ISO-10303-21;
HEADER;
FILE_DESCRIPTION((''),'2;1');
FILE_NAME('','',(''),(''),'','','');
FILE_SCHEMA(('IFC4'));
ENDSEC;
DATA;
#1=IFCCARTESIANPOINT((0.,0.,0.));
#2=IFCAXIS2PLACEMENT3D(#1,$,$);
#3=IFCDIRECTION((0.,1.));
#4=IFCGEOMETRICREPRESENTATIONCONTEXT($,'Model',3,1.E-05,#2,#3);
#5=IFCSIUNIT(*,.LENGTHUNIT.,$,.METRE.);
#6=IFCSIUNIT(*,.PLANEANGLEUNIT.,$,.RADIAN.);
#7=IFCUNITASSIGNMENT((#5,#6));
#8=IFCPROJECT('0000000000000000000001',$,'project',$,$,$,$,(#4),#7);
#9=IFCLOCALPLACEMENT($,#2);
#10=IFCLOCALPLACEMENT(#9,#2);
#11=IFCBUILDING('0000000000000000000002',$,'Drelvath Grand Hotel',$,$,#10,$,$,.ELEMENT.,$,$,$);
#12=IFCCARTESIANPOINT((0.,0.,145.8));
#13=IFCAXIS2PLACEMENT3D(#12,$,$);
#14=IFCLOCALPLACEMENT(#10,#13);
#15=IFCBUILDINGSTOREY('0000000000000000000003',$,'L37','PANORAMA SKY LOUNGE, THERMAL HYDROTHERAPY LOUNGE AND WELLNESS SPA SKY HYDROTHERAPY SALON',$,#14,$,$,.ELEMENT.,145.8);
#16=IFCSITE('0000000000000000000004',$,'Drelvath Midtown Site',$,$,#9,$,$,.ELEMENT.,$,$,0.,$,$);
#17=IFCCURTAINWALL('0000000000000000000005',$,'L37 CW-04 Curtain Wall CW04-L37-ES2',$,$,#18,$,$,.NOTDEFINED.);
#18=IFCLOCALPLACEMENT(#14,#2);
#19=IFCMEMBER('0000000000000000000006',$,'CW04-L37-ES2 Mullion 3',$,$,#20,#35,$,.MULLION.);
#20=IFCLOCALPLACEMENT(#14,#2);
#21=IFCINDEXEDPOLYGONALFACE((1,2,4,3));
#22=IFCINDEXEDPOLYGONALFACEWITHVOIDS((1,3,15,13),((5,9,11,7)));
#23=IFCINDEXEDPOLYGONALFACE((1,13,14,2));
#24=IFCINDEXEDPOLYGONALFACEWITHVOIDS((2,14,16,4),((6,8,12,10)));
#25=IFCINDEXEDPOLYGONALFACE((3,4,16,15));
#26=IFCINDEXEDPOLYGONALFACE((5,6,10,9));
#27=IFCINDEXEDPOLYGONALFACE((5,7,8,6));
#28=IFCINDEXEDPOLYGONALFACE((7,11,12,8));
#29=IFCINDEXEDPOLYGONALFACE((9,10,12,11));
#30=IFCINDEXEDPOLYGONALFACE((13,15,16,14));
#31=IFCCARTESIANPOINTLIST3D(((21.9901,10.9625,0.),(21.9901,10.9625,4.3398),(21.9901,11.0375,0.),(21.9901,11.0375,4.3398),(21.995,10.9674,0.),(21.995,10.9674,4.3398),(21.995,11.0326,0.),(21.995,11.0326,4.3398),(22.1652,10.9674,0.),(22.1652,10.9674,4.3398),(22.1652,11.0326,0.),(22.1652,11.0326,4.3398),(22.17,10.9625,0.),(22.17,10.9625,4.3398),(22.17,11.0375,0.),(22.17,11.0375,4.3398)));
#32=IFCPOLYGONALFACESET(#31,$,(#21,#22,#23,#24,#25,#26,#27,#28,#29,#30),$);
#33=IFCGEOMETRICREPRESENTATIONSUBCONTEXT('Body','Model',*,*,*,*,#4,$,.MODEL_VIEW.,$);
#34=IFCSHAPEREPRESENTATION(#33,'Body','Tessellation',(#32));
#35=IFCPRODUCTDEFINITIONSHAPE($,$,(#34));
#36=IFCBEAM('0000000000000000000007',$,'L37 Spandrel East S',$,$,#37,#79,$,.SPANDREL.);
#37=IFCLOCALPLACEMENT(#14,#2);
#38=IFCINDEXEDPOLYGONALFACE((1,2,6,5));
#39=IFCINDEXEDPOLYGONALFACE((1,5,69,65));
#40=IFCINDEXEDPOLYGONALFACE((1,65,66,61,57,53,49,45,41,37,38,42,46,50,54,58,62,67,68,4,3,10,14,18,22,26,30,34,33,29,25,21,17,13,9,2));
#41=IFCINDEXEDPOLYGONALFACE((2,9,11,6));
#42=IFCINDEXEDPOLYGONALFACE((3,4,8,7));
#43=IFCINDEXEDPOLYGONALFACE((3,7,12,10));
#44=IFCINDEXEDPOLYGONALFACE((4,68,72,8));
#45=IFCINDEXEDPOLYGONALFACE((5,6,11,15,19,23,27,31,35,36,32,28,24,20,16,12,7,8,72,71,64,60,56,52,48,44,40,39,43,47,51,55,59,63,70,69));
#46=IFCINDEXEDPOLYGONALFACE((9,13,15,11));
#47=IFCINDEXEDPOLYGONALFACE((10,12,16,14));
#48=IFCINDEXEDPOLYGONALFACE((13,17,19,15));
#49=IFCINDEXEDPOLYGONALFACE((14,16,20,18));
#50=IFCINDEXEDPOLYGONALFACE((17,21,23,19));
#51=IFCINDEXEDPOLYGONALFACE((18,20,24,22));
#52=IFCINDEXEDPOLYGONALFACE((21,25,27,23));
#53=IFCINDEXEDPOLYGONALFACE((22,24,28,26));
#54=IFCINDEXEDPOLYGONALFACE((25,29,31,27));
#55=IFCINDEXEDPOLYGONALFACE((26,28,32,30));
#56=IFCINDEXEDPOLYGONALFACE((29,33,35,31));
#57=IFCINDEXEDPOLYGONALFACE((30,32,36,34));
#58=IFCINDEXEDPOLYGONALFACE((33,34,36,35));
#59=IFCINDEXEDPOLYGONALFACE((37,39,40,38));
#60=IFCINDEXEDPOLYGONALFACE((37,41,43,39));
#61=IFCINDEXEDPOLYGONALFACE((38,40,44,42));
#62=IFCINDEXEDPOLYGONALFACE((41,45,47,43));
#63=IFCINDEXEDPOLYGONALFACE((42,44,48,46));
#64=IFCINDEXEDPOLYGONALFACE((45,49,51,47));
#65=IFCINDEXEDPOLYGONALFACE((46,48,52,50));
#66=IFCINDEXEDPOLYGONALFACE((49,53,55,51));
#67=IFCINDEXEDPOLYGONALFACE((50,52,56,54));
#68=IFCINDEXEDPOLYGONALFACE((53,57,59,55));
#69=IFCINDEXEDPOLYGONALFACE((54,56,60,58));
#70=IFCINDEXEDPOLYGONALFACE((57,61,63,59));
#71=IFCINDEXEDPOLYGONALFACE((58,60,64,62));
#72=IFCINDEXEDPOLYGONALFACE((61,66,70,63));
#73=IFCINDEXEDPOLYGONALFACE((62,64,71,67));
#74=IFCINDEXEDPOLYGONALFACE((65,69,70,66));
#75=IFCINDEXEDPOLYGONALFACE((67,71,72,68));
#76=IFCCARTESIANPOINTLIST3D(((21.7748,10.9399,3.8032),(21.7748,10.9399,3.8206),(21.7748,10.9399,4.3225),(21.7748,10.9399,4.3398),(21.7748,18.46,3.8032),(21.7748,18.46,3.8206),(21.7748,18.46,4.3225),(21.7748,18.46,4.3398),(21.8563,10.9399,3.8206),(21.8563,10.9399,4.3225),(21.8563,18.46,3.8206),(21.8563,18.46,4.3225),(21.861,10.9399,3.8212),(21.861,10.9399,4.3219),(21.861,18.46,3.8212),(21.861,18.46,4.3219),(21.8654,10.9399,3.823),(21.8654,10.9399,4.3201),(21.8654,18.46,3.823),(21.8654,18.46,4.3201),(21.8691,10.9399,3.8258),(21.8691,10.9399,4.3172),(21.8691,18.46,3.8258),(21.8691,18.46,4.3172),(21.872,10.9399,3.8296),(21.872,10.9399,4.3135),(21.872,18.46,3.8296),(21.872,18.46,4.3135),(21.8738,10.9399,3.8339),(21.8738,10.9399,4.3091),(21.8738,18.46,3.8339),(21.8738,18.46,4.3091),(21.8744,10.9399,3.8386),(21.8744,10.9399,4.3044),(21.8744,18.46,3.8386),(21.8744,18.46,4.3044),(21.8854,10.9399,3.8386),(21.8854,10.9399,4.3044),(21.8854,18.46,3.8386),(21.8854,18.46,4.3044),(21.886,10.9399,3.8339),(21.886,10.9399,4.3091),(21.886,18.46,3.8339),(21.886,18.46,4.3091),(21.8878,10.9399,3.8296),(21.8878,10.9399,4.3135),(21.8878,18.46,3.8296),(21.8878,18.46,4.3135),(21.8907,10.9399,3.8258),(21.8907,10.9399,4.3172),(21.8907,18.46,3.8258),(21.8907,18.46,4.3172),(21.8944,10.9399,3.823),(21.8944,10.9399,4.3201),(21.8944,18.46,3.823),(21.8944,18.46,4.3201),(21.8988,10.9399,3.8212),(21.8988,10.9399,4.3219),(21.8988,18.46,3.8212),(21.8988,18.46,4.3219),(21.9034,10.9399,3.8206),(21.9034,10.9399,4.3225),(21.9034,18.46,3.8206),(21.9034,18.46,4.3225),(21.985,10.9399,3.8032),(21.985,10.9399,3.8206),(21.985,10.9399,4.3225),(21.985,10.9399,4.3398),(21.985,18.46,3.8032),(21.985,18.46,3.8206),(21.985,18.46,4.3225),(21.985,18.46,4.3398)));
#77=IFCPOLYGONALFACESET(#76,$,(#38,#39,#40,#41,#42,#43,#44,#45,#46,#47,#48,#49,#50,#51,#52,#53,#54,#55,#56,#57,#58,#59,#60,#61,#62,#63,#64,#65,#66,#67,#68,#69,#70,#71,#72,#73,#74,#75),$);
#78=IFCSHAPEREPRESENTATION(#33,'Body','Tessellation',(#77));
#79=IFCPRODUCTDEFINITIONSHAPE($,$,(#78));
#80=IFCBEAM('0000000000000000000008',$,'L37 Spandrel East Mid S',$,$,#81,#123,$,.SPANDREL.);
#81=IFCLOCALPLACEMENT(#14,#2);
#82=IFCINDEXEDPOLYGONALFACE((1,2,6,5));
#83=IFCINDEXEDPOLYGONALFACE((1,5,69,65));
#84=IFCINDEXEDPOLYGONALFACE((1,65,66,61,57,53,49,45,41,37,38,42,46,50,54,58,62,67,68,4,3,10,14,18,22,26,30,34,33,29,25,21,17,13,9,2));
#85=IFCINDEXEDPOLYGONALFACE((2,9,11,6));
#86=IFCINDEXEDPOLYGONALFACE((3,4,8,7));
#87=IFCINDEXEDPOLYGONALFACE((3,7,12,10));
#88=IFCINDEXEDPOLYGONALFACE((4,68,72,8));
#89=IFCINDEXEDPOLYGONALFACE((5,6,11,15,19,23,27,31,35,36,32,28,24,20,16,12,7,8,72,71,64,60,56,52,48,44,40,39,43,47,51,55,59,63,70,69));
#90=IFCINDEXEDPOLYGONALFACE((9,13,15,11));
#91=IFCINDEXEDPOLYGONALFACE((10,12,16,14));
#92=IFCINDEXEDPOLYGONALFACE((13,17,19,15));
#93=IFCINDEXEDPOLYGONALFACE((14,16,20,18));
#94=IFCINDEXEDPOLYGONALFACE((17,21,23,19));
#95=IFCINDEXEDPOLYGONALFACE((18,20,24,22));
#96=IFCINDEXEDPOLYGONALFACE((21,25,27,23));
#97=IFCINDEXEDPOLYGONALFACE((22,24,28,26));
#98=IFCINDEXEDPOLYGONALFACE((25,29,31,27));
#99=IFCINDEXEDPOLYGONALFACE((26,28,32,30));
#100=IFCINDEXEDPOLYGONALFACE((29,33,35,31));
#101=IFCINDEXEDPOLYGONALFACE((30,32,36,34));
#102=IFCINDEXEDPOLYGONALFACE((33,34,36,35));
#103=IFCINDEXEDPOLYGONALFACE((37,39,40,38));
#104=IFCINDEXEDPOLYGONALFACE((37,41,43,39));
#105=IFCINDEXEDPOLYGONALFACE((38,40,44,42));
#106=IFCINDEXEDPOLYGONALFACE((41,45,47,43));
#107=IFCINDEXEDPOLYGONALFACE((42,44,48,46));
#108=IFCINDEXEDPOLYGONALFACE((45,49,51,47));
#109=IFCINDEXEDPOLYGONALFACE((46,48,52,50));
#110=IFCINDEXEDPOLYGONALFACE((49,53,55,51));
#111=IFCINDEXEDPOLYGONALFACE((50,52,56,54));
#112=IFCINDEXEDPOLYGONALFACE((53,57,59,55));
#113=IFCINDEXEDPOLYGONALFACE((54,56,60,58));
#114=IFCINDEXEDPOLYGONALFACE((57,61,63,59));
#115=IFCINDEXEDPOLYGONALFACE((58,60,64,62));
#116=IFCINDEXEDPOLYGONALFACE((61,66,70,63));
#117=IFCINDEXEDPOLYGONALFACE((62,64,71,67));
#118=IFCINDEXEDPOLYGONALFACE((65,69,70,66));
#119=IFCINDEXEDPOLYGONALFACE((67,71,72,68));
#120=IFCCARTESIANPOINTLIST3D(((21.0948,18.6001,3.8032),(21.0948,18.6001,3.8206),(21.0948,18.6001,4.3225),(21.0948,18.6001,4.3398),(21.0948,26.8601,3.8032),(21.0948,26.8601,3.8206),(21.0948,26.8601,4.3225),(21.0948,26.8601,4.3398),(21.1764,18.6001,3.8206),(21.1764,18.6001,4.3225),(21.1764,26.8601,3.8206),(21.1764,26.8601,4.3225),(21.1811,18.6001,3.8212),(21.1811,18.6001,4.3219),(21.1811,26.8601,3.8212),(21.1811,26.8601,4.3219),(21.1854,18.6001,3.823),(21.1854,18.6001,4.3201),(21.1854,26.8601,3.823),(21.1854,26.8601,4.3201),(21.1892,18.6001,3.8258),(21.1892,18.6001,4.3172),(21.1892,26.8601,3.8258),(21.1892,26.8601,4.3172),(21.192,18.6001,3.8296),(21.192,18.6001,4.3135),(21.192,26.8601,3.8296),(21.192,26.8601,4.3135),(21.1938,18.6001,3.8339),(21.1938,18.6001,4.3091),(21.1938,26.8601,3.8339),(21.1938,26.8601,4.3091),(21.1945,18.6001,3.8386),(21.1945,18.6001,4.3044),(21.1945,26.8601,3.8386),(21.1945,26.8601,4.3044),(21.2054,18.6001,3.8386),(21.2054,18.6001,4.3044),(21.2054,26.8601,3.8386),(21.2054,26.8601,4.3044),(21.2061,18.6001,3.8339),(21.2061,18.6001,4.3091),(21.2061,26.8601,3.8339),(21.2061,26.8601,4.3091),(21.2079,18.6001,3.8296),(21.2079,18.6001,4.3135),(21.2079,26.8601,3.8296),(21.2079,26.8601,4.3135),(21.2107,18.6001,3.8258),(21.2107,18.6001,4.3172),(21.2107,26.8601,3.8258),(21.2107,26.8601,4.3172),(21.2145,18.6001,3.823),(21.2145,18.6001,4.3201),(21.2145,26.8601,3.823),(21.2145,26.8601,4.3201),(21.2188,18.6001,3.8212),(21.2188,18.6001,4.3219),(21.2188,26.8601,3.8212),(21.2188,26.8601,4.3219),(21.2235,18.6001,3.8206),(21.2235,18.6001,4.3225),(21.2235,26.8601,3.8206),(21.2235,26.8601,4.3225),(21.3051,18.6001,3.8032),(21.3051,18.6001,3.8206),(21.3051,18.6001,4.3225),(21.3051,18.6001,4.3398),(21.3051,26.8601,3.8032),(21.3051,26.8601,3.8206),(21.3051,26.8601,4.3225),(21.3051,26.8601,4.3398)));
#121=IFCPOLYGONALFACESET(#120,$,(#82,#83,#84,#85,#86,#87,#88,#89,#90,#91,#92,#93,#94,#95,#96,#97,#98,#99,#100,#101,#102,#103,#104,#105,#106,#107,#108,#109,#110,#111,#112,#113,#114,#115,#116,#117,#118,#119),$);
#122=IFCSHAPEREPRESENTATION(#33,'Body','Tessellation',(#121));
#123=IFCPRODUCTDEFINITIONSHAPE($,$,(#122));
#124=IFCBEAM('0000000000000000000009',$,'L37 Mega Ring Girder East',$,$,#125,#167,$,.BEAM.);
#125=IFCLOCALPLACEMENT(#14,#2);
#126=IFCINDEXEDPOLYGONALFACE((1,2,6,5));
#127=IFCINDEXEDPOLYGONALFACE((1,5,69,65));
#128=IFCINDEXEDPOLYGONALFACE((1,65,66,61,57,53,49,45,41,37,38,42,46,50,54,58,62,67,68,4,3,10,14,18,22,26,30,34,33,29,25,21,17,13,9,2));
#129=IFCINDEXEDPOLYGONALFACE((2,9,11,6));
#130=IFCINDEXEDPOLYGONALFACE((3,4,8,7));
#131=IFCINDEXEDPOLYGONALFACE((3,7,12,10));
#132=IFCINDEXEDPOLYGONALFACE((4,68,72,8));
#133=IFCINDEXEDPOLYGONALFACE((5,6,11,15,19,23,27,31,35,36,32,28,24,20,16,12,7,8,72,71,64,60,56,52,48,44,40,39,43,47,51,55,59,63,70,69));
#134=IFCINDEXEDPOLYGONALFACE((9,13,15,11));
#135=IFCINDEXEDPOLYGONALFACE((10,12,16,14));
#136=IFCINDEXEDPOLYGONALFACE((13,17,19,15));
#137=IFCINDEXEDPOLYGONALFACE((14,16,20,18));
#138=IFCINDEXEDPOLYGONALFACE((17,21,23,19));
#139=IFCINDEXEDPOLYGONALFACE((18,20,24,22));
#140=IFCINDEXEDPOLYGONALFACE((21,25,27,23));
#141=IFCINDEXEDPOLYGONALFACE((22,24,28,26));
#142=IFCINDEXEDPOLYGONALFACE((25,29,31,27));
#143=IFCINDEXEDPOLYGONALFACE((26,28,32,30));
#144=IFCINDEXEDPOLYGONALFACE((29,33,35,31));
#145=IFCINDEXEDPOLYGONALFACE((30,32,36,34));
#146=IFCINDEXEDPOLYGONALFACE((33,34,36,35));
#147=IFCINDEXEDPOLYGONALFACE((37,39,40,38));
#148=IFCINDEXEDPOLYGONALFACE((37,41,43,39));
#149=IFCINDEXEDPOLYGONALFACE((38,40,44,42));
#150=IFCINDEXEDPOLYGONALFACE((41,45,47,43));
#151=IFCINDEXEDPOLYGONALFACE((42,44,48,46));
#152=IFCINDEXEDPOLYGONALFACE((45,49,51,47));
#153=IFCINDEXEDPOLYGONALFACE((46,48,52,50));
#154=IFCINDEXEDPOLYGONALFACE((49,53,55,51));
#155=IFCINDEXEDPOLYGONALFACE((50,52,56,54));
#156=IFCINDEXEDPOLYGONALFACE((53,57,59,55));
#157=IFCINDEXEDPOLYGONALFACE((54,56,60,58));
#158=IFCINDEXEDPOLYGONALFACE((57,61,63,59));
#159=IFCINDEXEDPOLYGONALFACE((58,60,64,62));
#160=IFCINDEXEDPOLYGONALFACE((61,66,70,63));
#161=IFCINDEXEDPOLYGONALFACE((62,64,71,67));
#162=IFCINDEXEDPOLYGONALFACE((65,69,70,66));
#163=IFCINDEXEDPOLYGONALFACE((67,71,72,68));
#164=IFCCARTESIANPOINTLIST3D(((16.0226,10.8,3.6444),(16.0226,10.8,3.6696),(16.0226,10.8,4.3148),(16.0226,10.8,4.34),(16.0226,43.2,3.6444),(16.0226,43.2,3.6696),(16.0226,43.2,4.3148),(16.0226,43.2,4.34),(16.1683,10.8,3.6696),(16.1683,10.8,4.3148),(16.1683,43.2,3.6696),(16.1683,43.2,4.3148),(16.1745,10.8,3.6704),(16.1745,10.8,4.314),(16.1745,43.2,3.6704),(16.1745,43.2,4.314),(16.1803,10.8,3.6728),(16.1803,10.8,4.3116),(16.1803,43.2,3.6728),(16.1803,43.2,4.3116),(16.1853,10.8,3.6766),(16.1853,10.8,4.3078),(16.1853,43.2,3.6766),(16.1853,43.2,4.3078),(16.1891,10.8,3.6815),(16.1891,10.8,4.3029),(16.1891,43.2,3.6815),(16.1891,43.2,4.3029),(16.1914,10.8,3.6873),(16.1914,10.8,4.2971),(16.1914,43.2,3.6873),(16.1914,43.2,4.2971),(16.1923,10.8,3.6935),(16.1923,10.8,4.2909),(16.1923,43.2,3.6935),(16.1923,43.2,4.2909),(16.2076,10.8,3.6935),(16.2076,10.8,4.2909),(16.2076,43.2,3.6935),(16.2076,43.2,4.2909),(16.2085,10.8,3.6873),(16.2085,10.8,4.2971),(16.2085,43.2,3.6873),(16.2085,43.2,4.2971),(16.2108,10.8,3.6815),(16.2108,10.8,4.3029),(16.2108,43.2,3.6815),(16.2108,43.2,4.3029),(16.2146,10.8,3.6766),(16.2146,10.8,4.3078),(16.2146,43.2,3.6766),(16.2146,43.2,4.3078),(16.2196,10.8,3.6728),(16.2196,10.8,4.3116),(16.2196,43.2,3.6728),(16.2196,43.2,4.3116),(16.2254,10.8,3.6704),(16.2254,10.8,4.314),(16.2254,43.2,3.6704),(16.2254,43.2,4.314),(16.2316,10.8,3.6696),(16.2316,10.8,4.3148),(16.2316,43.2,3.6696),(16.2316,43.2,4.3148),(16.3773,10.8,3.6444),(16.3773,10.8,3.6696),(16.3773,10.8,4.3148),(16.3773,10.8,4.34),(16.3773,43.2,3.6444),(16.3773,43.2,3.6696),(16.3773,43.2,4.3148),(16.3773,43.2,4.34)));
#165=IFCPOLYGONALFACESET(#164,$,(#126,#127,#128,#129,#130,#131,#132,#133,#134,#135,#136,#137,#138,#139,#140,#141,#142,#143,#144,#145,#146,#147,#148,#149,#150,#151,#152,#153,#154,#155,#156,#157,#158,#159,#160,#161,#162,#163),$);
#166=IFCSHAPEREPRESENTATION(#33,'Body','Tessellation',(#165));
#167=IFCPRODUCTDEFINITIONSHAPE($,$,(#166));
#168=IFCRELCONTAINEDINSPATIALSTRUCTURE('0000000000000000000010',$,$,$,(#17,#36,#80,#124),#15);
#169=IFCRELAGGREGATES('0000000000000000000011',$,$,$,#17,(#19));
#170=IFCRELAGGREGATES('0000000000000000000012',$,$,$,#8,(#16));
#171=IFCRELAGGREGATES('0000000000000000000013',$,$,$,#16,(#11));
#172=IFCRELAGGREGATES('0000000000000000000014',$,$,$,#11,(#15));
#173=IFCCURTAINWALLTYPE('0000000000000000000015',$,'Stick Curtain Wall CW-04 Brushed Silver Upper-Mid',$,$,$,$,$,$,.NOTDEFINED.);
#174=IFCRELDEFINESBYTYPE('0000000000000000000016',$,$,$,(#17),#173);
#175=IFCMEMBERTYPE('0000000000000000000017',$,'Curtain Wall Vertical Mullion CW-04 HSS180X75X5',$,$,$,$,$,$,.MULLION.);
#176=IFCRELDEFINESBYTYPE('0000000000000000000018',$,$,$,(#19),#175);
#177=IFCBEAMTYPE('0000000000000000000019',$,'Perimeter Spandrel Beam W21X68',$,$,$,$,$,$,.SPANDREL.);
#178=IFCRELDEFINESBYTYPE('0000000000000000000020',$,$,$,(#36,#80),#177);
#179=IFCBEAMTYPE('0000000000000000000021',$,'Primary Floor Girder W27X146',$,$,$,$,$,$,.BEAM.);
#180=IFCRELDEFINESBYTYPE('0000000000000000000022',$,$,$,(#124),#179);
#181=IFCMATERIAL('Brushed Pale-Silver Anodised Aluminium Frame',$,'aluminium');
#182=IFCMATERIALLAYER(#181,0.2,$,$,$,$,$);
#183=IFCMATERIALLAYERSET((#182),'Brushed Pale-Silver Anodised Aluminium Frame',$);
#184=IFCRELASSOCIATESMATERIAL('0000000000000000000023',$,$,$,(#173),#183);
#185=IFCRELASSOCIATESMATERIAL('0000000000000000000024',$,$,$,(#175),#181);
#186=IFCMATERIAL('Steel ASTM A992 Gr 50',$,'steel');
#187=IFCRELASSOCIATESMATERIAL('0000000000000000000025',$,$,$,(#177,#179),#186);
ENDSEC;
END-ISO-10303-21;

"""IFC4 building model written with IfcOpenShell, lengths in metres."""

from ifc_helpers import new_model, si_unit, direction, frame, origin, origin_2d, place, context, subcontext, project, spatial, hollow_rectangle, i_section, extrude, material, layer, layer_set, material_profile, profile_set, type_object, element, aggregate, save


model = new_model("IFC4")

# Units and contexts
model_context = context("Model", 3, precision=1e-05, world=origin(), true_north=direction((0.0, 1.0)))
body_context = subcontext(model_context, "Body", "Model", "MODEL_VIEW")
ifc_project = project(units=[si_unit("LENGTHUNIT", "METRE"), si_unit("PLANEANGLEUNIT", "RADIAN")], contexts=[model_context])

# Site, building, storey
site_placement = place(None, origin())
site = spatial("IfcSite", under=ifc_project, at=site_placement, Name="Drelvath Midtown Site", CompositionType="ELEMENT", RefElevation=0.0)
building_placement = place(site_placement, origin())
building = spatial("IfcBuilding", under=site, at=building_placement, Name="Drelvath Grand Hotel", CompositionType="ELEMENT")
storey_placement = place(building_placement, frame((0.0, 0.0, 145.8)))
storey = spatial("IfcBuildingStorey", under=building, at=storey_placement, Name="L37", Description="PANORAMA SKY LOUNGE, THERMAL HYDROTHERAPY LOUNGE AND WELLNESS SPA SKY HYDROTHERAPY SALON", CompositionType="ELEMENT", Elevation=145.8)

# Curtain wall
ifc_material_1 = material(Name="Brushed Pale-Silver Anodised Aluminium Frame", Category="aluminium")
ifc_layer_1 = layer(ifc_material_1, 0.2)
ifc_layer_set_1 = layer_set([ifc_layer_1], Name="Brushed Pale-Silver Anodised Aluminium Frame")
curtain_wall_type = type_object("IfcCurtainWallType", Name="Stick Curtain Wall CW-04 Brushed Silver Upper-Mid", PredefinedType="NOTDEFINED", material=ifc_layer_set_1)
curtain_wall_1_placement = place(storey_placement, origin())
curtain_wall_1 = element("IfcCurtainWall", 1, at=curtain_wall_1_placement, inside=storey, type_object=curtain_wall_type, Name="L37 CW-04 Curtain Wall CW04-L37-ES2", PredefinedType="NOTDEFINED")

# Shared definitions
ifc_material_profile_1 = material_profile(ifc_material_1, hollow_rectangle(XDim=0.075, YDim=0.1799, WallThickness=0.0049, at=origin_2d()), Name="HSS180X75X5")
ifc_profile_set_1 = profile_set([ifc_material_profile_1], Name="Brushed Pale-Silver Anodised Aluminium Frame")
member_type_1 = type_object("IfcMemberType", Name="Curtain Wall Vertical Mullion CW-04 HSS180X75X5", PredefinedType="MULLION", material=ifc_profile_set_1)

# Member
member_1_placement = place(storey_placement, frame((22.0801, 11.0, 0.0), z_axis=(0.0, 0.0, 1.0), x_axis=(0.0, 1.0, 0.0)))
member_1 = element("IfcMember", 2, at=member_1_placement, type_object=member_type_1, Name="CW04-L37-ES2 Mullion 3", PredefinedType="MULLION", context=body_context, shape_type="SweptSolid", body=[
    extrude(hollow_rectangle(XDim=0.075, YDim=0.1799, WallThickness=0.0049, at=origin_2d()), origin(), (0.0, 0.0, 1.0), 4.3398),
])

# Beams
ifc_material_2 = material(Name="Steel ASTM A992 Gr 50", Category="steel")
ifc_material_profile_2 = material_profile(ifc_material_2, i_section(OverallWidth=0.2102, OverallDepth=0.5366, WebThickness=0.011, FlangeThickness=0.0173, FilletRadius=0.0181, at=origin_2d()), Name="W21X68")
ifc_profile_set_2 = profile_set([ifc_material_profile_2], Name="Steel ASTM A992 Gr 50")
beam_type_1 = type_object("IfcBeamType", Name="Perimeter Spandrel Beam W21X68", PredefinedType="SPANDREL", material=ifc_profile_set_2)
beam_1_placement = place(storey_placement, frame((21.8799, 10.9399, 4.0715), z_axis=(0.0, 1.0, 0.0), x_axis=(-1.0, 0.0, 0.0)))
element("IfcBeam", 3, at=beam_1_placement, inside=storey, type_object=beam_type_1, Name="L37 Spandrel East S", PredefinedType="SPANDREL", context=body_context, shape_type="SweptSolid", body=[
    extrude(i_section(OverallWidth=0.2102, OverallDepth=0.5366, WebThickness=0.011, FlangeThickness=0.0173, FilletRadius=0.0181, at=origin_2d()), origin(), (0.0, 0.0, 1.0), 7.52),
])
beam_2_placement = place(storey_placement, frame((21.2, 18.6001, 4.0715), z_axis=(0.0, 1.0, 0.0), x_axis=(-1.0, 0.0, 0.0)))
element("IfcBeam", 4, at=beam_2_placement, inside=storey, type_object=beam_type_1, Name="L37 Spandrel East Mid S", PredefinedType="SPANDREL", context=body_context, shape_type="SweptSolid", body=[
    extrude(i_section(OverallWidth=0.2102, OverallDepth=0.5366, WebThickness=0.011, FlangeThickness=0.0173, FilletRadius=0.0181, at=origin_2d()), origin(), (0.0, 0.0, 1.0), 8.26),
])
ifc_material_profile_3 = material_profile(ifc_material_2, i_section(OverallWidth=0.3547, OverallDepth=0.6956, WebThickness=0.0154, FlangeThickness=0.0251, FilletRadius=0.0239, at=origin_2d()), Name="W27X146")
ifc_profile_set_3 = profile_set([ifc_material_profile_3], Name="Steel ASTM A992 Gr 50")
beam_type_2 = type_object("IfcBeamType", Name="Primary Floor Girder W27X146", PredefinedType="BEAM", material=ifc_profile_set_3)
beam_3_placement = place(storey_placement, frame((16.2, 10.8, 3.9922), z_axis=(0.0, 1.0, 0.0), x_axis=(-1.0, 0.0, 0.0)))
element("IfcBeam", 5, at=beam_3_placement, inside=storey, type_object=beam_type_2, Name="L37 Mega Ring Girder East", PredefinedType="BEAM", context=body_context, shape_type="SweptSolid", body=[
    extrude(i_section(OverallWidth=0.3547, OverallDepth=0.6956, WebThickness=0.0154, FlangeThickness=0.0251, FilletRadius=0.0239, at=origin_2d()), origin(), (0.0, 0.0, 1.0), 32.3999),
])

aggregate(curtain_wall_1, [member_1])

save(model, "model.ifc")
